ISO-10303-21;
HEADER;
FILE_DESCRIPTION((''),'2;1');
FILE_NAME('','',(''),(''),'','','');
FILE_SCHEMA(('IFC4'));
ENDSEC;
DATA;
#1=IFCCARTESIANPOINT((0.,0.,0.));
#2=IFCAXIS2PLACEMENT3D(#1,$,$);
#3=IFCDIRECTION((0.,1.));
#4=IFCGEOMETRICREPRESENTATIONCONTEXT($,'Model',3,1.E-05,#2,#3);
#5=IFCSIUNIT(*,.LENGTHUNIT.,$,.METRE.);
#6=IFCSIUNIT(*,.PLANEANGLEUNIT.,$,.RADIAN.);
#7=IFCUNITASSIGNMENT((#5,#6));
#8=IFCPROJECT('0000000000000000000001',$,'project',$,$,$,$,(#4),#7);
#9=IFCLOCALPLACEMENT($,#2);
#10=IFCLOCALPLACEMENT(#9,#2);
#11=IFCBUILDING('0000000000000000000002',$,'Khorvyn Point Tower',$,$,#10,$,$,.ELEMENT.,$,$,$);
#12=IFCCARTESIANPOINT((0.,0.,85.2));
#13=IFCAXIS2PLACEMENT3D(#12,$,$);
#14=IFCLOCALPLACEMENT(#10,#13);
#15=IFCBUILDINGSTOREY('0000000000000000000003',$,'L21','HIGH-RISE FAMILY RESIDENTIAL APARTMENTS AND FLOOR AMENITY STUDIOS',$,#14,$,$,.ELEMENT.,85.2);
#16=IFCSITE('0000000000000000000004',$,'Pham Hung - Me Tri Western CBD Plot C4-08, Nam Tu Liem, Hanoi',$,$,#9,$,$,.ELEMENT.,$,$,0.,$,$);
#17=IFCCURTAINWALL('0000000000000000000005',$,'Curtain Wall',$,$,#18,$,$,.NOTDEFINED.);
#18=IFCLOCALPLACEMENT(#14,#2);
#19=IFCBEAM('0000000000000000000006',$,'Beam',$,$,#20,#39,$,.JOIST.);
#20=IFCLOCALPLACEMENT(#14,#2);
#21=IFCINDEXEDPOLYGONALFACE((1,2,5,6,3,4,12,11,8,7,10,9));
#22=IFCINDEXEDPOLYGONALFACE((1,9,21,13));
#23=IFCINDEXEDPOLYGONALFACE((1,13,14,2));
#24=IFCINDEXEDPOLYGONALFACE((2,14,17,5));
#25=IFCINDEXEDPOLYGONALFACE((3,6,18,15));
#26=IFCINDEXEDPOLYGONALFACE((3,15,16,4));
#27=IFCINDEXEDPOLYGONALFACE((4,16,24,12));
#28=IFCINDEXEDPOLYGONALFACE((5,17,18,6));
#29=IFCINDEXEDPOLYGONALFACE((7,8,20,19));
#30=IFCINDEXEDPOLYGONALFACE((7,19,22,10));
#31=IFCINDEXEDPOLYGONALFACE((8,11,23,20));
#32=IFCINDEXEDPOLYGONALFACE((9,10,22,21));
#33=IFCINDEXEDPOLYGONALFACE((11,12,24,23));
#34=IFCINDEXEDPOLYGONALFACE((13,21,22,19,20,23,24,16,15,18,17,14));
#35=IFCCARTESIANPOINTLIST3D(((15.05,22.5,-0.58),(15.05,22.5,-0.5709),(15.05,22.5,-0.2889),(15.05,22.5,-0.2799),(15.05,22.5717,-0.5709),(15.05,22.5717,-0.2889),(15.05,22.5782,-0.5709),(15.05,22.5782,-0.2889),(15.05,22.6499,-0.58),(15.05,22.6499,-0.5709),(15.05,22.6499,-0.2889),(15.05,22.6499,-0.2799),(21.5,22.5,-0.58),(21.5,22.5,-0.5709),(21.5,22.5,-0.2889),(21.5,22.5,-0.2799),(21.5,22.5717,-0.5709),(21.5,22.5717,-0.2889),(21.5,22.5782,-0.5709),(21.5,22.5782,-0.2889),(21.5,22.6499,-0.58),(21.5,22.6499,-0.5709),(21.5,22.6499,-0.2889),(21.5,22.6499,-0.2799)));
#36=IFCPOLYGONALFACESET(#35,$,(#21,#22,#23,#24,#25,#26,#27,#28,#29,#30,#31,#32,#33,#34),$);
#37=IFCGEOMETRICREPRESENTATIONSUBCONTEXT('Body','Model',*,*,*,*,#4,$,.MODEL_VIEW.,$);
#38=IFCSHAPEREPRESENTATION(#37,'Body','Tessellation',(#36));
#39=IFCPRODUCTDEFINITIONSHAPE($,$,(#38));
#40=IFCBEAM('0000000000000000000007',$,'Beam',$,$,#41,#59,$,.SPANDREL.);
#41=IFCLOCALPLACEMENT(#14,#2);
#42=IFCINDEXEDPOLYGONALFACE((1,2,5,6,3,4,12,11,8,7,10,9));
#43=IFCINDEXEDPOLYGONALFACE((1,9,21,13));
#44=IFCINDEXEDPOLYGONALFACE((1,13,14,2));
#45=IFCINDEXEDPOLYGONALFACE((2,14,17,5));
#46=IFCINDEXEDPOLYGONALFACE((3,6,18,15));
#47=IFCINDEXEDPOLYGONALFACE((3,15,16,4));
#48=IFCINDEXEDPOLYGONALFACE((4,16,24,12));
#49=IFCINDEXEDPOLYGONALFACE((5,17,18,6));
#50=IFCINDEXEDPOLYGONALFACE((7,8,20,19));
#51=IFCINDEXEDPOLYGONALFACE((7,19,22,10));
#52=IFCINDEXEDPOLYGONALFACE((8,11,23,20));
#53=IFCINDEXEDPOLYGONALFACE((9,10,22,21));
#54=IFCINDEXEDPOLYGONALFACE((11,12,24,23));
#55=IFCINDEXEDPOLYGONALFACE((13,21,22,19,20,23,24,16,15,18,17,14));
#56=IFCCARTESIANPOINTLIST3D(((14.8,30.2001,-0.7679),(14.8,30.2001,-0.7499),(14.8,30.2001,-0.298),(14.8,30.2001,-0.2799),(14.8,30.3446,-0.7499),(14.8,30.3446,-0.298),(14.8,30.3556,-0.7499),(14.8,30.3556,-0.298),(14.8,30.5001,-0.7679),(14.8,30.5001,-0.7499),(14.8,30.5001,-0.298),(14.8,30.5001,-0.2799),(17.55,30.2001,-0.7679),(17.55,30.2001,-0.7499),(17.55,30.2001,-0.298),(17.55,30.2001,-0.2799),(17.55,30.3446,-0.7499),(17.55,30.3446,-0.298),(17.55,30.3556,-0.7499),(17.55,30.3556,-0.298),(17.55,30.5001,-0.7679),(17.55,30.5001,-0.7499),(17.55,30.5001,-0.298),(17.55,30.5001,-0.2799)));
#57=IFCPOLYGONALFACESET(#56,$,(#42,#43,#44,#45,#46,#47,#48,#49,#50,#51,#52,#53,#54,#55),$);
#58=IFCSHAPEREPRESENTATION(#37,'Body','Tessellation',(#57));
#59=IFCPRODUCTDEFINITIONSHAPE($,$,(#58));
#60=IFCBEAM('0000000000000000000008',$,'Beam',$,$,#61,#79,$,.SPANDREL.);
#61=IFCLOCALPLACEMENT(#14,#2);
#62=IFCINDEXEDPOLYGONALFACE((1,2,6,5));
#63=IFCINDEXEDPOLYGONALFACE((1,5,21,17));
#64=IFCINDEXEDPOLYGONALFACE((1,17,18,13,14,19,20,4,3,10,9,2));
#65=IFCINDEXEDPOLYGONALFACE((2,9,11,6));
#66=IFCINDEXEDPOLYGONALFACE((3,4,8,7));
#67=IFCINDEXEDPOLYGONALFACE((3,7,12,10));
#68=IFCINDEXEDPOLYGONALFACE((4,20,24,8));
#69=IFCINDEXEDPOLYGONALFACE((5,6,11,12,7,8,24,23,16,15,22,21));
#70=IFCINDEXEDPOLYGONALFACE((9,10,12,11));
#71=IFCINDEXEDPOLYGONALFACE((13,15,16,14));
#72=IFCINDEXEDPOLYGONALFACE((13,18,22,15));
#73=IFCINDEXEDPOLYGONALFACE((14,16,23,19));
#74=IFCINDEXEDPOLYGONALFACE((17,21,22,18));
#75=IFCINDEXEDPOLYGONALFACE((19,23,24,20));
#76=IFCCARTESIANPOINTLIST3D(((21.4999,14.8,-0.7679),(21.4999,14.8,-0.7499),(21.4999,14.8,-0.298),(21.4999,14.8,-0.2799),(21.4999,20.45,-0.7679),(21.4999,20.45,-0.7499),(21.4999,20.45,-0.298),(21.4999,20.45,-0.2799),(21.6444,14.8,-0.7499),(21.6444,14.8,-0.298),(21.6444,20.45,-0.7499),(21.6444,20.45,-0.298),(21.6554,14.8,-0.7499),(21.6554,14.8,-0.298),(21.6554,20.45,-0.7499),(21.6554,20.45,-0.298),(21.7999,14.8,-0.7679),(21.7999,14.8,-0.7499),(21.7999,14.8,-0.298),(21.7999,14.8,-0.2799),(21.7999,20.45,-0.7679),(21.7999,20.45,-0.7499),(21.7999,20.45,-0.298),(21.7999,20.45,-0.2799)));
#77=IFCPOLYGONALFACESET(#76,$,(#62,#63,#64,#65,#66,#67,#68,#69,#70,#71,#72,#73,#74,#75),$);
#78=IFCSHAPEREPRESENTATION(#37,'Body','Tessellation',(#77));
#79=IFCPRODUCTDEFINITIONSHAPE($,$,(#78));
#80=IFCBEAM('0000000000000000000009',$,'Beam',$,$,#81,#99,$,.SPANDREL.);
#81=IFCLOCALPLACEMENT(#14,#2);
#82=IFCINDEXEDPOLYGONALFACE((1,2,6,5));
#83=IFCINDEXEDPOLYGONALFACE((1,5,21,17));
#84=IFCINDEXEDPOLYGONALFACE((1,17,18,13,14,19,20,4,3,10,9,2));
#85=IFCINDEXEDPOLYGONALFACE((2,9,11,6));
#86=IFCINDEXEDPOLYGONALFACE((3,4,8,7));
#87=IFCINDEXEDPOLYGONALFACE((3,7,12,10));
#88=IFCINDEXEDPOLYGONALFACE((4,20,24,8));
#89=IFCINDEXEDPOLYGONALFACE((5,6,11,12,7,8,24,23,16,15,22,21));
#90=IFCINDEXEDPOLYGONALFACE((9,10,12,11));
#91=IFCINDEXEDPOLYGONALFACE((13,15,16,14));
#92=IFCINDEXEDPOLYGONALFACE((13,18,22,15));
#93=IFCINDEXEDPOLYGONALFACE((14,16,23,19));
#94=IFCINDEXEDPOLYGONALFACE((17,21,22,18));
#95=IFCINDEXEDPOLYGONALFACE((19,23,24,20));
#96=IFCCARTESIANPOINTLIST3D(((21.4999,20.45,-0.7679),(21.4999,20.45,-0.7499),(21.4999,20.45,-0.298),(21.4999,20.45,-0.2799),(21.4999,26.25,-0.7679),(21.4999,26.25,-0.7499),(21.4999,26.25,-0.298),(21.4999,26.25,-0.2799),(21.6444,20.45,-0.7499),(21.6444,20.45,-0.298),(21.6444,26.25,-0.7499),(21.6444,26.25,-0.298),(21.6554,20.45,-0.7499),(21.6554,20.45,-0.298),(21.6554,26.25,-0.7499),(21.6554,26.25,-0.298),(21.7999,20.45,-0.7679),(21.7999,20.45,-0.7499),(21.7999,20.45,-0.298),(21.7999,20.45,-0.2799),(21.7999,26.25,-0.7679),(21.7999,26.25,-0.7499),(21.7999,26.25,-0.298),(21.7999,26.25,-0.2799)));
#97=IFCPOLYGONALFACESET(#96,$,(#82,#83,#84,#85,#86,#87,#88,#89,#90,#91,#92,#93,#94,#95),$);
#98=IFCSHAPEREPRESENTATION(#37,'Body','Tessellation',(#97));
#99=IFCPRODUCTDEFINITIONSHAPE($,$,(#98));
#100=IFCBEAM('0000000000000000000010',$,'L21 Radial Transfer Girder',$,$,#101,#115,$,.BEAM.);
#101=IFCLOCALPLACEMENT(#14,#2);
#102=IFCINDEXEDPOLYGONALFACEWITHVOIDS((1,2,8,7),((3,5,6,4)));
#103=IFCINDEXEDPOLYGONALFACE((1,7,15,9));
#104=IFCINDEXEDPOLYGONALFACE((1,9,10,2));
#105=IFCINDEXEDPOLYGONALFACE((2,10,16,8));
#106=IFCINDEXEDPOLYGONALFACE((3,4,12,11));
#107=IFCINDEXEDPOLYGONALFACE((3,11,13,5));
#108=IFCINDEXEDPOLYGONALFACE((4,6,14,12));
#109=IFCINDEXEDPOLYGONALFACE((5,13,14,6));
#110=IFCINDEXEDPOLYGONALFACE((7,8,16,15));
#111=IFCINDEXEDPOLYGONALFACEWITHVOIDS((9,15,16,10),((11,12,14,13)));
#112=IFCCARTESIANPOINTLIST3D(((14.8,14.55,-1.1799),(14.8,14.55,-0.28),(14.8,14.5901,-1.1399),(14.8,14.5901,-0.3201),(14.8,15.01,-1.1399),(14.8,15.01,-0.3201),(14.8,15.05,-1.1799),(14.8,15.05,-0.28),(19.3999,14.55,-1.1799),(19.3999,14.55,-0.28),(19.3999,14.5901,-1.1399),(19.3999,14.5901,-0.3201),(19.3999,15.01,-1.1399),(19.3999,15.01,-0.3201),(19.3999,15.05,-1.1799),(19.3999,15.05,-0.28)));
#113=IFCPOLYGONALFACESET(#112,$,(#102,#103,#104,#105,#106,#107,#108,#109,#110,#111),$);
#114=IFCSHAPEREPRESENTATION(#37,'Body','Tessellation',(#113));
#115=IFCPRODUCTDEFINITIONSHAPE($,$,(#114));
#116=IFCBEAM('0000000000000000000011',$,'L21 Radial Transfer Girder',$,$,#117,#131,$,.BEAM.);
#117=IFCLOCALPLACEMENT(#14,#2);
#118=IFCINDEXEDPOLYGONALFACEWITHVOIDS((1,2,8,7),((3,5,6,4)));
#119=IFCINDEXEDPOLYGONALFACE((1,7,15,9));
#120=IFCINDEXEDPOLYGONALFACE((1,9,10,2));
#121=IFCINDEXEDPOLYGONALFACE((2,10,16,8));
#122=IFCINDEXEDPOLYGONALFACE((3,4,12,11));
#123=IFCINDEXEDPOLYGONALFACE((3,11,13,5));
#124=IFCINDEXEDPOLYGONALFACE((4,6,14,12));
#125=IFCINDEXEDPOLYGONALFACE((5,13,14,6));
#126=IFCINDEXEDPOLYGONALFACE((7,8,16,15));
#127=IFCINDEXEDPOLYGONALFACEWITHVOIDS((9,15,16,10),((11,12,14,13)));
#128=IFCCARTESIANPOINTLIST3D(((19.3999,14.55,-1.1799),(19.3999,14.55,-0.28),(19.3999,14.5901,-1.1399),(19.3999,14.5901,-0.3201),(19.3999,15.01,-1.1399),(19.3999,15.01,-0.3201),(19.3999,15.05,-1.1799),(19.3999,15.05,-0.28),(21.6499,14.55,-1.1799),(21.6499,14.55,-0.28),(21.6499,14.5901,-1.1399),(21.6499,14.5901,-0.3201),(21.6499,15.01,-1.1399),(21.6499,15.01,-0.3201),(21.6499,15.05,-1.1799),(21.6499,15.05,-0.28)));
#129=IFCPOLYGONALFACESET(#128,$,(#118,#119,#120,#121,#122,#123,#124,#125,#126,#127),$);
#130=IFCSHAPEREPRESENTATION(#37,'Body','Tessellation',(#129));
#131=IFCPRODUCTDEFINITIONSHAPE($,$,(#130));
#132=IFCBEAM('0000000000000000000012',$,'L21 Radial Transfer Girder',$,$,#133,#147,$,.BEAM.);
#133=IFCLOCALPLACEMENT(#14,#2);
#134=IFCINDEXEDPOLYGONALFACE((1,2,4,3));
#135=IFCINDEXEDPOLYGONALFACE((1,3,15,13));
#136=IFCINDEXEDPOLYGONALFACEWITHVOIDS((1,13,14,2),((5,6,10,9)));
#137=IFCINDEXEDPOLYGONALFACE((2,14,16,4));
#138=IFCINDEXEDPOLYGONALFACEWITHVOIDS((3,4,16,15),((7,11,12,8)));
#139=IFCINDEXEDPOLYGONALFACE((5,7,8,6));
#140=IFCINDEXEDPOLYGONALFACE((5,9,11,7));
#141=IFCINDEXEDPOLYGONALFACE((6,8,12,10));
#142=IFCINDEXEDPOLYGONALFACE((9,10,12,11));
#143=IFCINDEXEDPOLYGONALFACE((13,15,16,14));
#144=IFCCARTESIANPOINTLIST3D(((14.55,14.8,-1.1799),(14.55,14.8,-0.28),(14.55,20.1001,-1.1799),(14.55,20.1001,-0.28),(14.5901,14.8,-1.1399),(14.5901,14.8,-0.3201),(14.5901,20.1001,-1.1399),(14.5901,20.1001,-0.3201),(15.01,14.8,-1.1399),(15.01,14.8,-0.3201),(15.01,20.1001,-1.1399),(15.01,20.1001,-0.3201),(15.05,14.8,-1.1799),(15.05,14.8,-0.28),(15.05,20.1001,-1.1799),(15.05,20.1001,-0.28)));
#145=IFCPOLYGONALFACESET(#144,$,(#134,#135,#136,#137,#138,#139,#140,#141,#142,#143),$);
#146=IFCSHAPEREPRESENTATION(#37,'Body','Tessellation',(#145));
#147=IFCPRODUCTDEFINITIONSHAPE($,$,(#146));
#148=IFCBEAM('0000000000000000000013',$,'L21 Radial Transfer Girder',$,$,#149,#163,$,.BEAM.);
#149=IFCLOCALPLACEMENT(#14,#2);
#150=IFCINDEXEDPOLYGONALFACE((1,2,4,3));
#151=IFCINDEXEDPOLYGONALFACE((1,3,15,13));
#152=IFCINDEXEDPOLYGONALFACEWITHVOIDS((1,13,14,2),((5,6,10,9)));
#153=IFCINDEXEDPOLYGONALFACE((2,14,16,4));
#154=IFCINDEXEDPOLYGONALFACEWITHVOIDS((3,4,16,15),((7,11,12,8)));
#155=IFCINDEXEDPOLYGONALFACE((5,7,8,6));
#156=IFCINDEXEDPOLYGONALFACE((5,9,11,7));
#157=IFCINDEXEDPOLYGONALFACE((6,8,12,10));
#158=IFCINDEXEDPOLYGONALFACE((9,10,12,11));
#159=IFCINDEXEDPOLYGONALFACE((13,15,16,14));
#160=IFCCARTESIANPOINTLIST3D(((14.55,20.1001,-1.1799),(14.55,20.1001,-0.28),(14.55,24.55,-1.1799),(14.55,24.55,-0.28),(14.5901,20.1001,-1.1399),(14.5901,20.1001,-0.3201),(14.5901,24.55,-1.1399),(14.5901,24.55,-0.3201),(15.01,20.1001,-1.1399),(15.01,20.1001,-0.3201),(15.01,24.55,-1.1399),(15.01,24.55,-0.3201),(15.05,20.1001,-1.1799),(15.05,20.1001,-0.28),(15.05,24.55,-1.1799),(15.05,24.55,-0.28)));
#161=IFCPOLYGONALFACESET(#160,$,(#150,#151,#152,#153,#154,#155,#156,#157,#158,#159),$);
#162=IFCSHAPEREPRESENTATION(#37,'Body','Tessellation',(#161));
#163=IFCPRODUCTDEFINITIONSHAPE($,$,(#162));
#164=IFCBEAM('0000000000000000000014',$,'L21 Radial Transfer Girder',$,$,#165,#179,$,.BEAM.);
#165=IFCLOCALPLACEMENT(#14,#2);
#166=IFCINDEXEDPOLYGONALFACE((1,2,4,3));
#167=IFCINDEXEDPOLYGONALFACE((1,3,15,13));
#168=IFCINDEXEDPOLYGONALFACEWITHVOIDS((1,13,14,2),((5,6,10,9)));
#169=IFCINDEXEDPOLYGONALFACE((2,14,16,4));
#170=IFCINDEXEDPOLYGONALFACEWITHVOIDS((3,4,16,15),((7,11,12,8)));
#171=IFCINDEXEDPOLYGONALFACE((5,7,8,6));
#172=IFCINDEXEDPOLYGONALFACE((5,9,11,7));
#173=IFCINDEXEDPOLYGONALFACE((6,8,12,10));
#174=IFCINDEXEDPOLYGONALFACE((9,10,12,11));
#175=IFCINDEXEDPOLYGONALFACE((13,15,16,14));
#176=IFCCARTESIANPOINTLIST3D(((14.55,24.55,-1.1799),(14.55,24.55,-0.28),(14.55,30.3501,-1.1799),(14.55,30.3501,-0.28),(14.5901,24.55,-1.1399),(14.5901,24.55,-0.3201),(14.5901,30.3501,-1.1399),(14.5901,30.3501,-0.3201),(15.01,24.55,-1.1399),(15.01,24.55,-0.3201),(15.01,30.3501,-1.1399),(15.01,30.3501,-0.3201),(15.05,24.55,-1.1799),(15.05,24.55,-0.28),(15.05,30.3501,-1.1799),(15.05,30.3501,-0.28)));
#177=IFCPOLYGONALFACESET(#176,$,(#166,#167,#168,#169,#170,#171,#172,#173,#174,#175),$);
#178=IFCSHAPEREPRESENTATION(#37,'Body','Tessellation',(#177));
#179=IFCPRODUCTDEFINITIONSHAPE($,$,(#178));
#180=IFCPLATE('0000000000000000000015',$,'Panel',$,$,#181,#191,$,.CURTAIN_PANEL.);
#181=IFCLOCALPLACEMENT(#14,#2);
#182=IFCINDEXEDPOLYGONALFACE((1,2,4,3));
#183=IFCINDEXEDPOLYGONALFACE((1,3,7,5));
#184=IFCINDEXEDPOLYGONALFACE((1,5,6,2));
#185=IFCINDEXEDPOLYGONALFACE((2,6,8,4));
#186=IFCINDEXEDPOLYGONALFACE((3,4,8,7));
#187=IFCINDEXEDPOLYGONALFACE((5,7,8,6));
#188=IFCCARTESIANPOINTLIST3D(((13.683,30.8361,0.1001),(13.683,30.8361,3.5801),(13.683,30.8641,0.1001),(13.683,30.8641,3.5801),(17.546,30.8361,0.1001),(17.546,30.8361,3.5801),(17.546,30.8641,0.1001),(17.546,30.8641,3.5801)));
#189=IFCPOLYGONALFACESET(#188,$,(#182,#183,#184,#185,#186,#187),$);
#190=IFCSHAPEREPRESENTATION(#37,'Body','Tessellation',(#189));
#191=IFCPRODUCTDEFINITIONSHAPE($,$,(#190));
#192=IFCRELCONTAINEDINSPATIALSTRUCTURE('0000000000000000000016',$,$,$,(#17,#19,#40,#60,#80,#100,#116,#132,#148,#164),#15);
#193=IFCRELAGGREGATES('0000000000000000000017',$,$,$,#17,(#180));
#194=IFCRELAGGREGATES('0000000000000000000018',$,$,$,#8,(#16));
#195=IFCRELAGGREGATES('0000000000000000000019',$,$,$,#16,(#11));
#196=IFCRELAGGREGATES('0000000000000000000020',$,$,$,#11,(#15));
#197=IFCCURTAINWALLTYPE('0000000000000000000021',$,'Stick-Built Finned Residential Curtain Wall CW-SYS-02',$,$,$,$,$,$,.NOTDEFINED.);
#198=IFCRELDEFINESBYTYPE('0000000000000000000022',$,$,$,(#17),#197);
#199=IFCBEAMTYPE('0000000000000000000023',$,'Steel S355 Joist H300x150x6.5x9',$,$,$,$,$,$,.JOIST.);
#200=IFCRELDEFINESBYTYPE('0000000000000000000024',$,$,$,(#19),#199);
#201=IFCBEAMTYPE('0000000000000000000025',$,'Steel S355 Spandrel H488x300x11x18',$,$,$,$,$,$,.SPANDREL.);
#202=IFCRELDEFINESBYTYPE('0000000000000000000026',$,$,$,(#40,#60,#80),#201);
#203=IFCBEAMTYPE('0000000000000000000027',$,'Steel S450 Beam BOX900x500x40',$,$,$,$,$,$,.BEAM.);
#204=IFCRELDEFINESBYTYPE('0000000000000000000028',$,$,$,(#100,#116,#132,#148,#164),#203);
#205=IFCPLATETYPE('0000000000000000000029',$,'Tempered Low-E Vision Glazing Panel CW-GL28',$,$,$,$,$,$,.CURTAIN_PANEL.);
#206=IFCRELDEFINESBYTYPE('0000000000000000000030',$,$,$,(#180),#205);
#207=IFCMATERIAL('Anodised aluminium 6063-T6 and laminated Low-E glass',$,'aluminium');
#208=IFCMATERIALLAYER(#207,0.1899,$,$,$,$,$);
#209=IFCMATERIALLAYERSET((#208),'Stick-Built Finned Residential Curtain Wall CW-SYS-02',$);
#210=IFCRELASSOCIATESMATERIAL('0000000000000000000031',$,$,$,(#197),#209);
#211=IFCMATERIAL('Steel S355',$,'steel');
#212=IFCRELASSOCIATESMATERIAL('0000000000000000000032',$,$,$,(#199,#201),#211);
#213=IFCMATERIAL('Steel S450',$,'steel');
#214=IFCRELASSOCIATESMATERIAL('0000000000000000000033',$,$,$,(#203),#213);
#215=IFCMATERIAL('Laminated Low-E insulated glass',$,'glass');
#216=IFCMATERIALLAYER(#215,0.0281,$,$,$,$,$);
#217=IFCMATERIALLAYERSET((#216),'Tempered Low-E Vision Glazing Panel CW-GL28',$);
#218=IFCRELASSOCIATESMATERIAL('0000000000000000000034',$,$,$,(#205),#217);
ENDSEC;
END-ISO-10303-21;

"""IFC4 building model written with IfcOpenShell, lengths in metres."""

from ifc_helpers import new_model, si_unit, direction, frame, origin, origin_2d, place, context, subcontext, project, spatial, rectangle, hollow_rectangle, i_section, extrude, material, layer, layer_set, material_profile, profile_set, type_object, element, aggregate, save


model = new_model("IFC4")

# Units and contexts
model_context = context("Model", 3, precision=1e-05, world=origin(), true_north=direction((0.0, 1.0)))
body_context = subcontext(model_context, "Body", "Model", "MODEL_VIEW")
ifc_project = project(units=[si_unit("LENGTHUNIT", "METRE"), si_unit("PLANEANGLEUNIT", "RADIAN")], contexts=[model_context])

# Site, building, storey
site_placement = place(None, origin())
site = spatial("IfcSite", under=ifc_project, at=site_placement, Name="Pham Hung - Me Tri Western CBD Plot C4-08, Nam Tu Liem, Hanoi", CompositionType="ELEMENT", RefElevation=0.0)
building_placement = place(site_placement, origin())
building = spatial("IfcBuilding", under=site, at=building_placement, Name="Khorvyn Point Tower", CompositionType="ELEMENT")
storey_placement = place(building_placement, frame((0.0, 0.0, 85.2)))
storey = spatial("IfcBuildingStorey", under=building, at=storey_placement, Name="L21", Description="HIGH-RISE FAMILY RESIDENTIAL APARTMENTS AND FLOOR AMENITY STUDIOS", CompositionType="ELEMENT", Elevation=85.2)

# Shared definitions
ifc_material_1 = material(Name="Steel S450", Category="steel")

# Curtain wall
ifc_material_2 = material(Name="Anodised aluminium 6063-T6 and laminated Low-E glass", Category="aluminium")
ifc_layer_1 = layer(ifc_material_2, 0.1899)
ifc_layer_set_1 = layer_set([ifc_layer_1], Name="Stick-Built Finned Residential Curtain Wall CW-SYS-02")
curtain_wall_type = type_object("IfcCurtainWallType", Name="Stick-Built Finned Residential Curtain Wall CW-SYS-02", PredefinedType="NOTDEFINED", material=ifc_layer_set_1)
curtain_wall_1_placement = place(storey_placement, origin())
curtain_wall_1 = element("IfcCurtainWall", 1, at=curtain_wall_1_placement, inside=storey, type_object=curtain_wall_type, Name="Curtain Wall", PredefinedType="NOTDEFINED")

# Beams
ifc_material_3 = material(Name="Steel S355", Category="steel")
ifc_material_profile_1 = material_profile(ifc_material_3, i_section(OverallWidth=0.1499, OverallDepth=0.3, WebThickness=0.0066, FlangeThickness=0.009, at=origin_2d()))
ifc_profile_set_1 = profile_set([ifc_material_profile_1], Name="Steel S355 H300x150x6.5x9")
beam_type_1 = type_object("IfcBeamType", Name="Steel S355 Joist H300x150x6.5x9", PredefinedType="JOIST", material=ifc_profile_set_1)
beam_1_placement = place(storey_placement, frame((15.05, 22.575, -0.4299), z_axis=(1.0, 0.0, 0.0), x_axis=(0.0, 1.0, 0.0)))
element("IfcBeam", 2, at=beam_1_placement, inside=storey, type_object=beam_type_1, Name="Beam", PredefinedType="JOIST", context=body_context, shape_type="SweptSolid", body=[
    extrude(i_section(OverallWidth=0.1499, OverallDepth=0.3, WebThickness=0.0066, FlangeThickness=0.009, at=origin_2d()), origin(), (0.0, 0.0, 1.0), 6.45),
])
ifc_material_profile_2 = material_profile(ifc_material_3, i_section(OverallWidth=0.3, OverallDepth=0.488, WebThickness=0.011, FlangeThickness=0.0181, at=origin_2d()))
ifc_profile_set_2 = profile_set([ifc_material_profile_2], Name="Steel S355 H488x300x11x18")
beam_type_2 = type_object("IfcBeamType", Name="Steel S355 Spandrel H488x300x11x18", PredefinedType="SPANDREL", material=ifc_profile_set_2)
beam_2_placement = place(storey_placement, frame((14.8, 30.3501, -0.5239), z_axis=(1.0, 0.0, 0.0), x_axis=(0.0, 1.0, 0.0)))
element("IfcBeam", 3, at=beam_2_placement, inside=storey, type_object=beam_type_2, Name="Beam", PredefinedType="SPANDREL", context=body_context, shape_type="SweptSolid", body=[
    extrude(i_section(OverallWidth=0.3, OverallDepth=0.488, WebThickness=0.011, FlangeThickness=0.0181, at=origin_2d()), origin(), (0.0, 0.0, 1.0), 2.75),
])
beam_3_placement = place(storey_placement, frame((21.6499, 14.8, -0.5239), z_axis=(0.0, 1.0, 0.0), x_axis=(-1.0, 0.0, 0.0)))
element("IfcBeam", 4, at=beam_3_placement, inside=storey, type_object=beam_type_2, Name="Beam", PredefinedType="SPANDREL", context=body_context, shape_type="SweptSolid", body=[
    extrude(i_section(OverallWidth=0.3, OverallDepth=0.488, WebThickness=0.011, FlangeThickness=0.0181, at=origin_2d()), origin(), (0.0, 0.0, 1.0), 5.6499),
])
beam_4_placement = place(storey_placement, frame((21.6499, 20.45, -0.5239), z_axis=(0.0, 1.0, 0.0), x_axis=(-1.0, 0.0, 0.0)))
element("IfcBeam", 5, at=beam_4_placement, inside=storey, type_object=beam_type_2, Name="Beam", PredefinedType="SPANDREL", context=body_context, shape_type="SweptSolid", body=[
    extrude(i_section(OverallWidth=0.3, OverallDepth=0.488, WebThickness=0.011, FlangeThickness=0.0181, at=origin_2d()), origin(), (0.0, 0.0, 1.0), 5.8),
])
ifc_material_profile_3 = material_profile(ifc_material_1, hollow_rectangle(XDim=0.5, YDim=0.8999, WallThickness=0.04, at=origin_2d()))
ifc_profile_set_3 = profile_set([ifc_material_profile_3], Name="Steel S450 BOX900x500x40")
beam_type_3 = type_object("IfcBeamType", Name="Steel S450 Beam BOX900x500x40", PredefinedType="BEAM", material=ifc_profile_set_3)
beam_5_placement = place(storey_placement, frame((14.8, 14.8, -0.73), z_axis=(1.0, 0.0, 0.0), x_axis=(0.0, 1.0, 0.0)))
element("IfcBeam", 6, at=beam_5_placement, inside=storey, type_object=beam_type_3, Name="L21 Radial Transfer Girder", PredefinedType="BEAM", context=body_context, shape_type="SweptSolid", body=[
    extrude(hollow_rectangle(XDim=0.5, YDim=0.8999, WallThickness=0.04, at=origin_2d()), origin(), (0.0, 0.0, 1.0), 4.5999),
])
beam_6_placement = place(storey_placement, frame((19.3999, 14.8, -0.73), z_axis=(1.0, 0.0, 0.0), x_axis=(0.0, 1.0, 0.0)))
element("IfcBeam", 7, at=beam_6_placement, inside=storey, type_object=beam_type_3, Name="L21 Radial Transfer Girder", PredefinedType="BEAM", context=body_context, shape_type="SweptSolid", body=[
    extrude(hollow_rectangle(XDim=0.5, YDim=0.8999, WallThickness=0.04, at=origin_2d()), origin(), (0.0, 0.0, 1.0), 2.25),
])
beam_7_placement = place(storey_placement, frame((14.8, 14.8, -0.73), z_axis=(0.0, 1.0, 0.0), x_axis=(-1.0, 0.0, 0.0)))
element("IfcBeam", 8, at=beam_7_placement, inside=storey, type_object=beam_type_3, Name="L21 Radial Transfer Girder", PredefinedType="BEAM", context=body_context, shape_type="SweptSolid", body=[
    extrude(hollow_rectangle(XDim=0.5, YDim=0.8999, WallThickness=0.04, at=origin_2d()), origin(), (0.0, 0.0, 1.0), 5.3),
])
beam_8_placement = place(storey_placement, frame((14.8, 20.1001, -0.73), z_axis=(0.0, 1.0, 0.0), x_axis=(-1.0, 0.0, 0.0)))
element("IfcBeam", 9, at=beam_8_placement, inside=storey, type_object=beam_type_3, Name="L21 Radial Transfer Girder", PredefinedType="BEAM", context=body_context, shape_type="SweptSolid", body=[
    extrude(hollow_rectangle(XDim=0.5, YDim=0.8999, WallThickness=0.04, at=origin_2d()), origin(), (0.0, 0.0, 1.0), 4.45),
])
beam_9_placement = place(storey_placement, frame((14.8, 24.55, -0.73), z_axis=(0.0, 1.0, 0.0), x_axis=(-1.0, 0.0, 0.0)))
element("IfcBeam", 10, at=beam_9_placement, inside=storey, type_object=beam_type_3, Name="L21 Radial Transfer Girder", PredefinedType="BEAM", context=body_context, shape_type="SweptSolid", body=[
    extrude(hollow_rectangle(XDim=0.5, YDim=0.8999, WallThickness=0.04, at=origin_2d()), origin(), (0.0, 0.0, 1.0), 5.8),
])

# Plate
ifc_material_4 = material(Name="Laminated Low-E insulated glass", Category="glass")
ifc_layer_2 = layer(ifc_material_4, 0.0281)
ifc_layer_set_2 = layer_set([ifc_layer_2], Name="Tempered Low-E Vision Glazing Panel CW-GL28")
plate_type = type_object("IfcPlateType", Name="Tempered Low-E Vision Glazing Panel CW-GL28", PredefinedType="CURTAIN_PANEL", material=ifc_layer_set_2)
plate_1_placement = place(storey_placement, frame((15.6145, 30.8501, 0.1001), z_axis=(0.0, 0.0, 1.0), x_axis=(1.0, 0.0, 0.0)))
plate_1 = element("IfcPlate", 11, at=plate_1_placement, type_object=plate_type, Name="Panel", PredefinedType="CURTAIN_PANEL", context=body_context, shape_type="SweptSolid", body=[
    extrude(rectangle(XDim=3.863, YDim=0.0281, at=origin_2d()), origin(), (0.0, 0.0, 1.0), 3.48),
])
aggregate(curtain_wall_1, [plate_1])

save(model, "model.ifc")
